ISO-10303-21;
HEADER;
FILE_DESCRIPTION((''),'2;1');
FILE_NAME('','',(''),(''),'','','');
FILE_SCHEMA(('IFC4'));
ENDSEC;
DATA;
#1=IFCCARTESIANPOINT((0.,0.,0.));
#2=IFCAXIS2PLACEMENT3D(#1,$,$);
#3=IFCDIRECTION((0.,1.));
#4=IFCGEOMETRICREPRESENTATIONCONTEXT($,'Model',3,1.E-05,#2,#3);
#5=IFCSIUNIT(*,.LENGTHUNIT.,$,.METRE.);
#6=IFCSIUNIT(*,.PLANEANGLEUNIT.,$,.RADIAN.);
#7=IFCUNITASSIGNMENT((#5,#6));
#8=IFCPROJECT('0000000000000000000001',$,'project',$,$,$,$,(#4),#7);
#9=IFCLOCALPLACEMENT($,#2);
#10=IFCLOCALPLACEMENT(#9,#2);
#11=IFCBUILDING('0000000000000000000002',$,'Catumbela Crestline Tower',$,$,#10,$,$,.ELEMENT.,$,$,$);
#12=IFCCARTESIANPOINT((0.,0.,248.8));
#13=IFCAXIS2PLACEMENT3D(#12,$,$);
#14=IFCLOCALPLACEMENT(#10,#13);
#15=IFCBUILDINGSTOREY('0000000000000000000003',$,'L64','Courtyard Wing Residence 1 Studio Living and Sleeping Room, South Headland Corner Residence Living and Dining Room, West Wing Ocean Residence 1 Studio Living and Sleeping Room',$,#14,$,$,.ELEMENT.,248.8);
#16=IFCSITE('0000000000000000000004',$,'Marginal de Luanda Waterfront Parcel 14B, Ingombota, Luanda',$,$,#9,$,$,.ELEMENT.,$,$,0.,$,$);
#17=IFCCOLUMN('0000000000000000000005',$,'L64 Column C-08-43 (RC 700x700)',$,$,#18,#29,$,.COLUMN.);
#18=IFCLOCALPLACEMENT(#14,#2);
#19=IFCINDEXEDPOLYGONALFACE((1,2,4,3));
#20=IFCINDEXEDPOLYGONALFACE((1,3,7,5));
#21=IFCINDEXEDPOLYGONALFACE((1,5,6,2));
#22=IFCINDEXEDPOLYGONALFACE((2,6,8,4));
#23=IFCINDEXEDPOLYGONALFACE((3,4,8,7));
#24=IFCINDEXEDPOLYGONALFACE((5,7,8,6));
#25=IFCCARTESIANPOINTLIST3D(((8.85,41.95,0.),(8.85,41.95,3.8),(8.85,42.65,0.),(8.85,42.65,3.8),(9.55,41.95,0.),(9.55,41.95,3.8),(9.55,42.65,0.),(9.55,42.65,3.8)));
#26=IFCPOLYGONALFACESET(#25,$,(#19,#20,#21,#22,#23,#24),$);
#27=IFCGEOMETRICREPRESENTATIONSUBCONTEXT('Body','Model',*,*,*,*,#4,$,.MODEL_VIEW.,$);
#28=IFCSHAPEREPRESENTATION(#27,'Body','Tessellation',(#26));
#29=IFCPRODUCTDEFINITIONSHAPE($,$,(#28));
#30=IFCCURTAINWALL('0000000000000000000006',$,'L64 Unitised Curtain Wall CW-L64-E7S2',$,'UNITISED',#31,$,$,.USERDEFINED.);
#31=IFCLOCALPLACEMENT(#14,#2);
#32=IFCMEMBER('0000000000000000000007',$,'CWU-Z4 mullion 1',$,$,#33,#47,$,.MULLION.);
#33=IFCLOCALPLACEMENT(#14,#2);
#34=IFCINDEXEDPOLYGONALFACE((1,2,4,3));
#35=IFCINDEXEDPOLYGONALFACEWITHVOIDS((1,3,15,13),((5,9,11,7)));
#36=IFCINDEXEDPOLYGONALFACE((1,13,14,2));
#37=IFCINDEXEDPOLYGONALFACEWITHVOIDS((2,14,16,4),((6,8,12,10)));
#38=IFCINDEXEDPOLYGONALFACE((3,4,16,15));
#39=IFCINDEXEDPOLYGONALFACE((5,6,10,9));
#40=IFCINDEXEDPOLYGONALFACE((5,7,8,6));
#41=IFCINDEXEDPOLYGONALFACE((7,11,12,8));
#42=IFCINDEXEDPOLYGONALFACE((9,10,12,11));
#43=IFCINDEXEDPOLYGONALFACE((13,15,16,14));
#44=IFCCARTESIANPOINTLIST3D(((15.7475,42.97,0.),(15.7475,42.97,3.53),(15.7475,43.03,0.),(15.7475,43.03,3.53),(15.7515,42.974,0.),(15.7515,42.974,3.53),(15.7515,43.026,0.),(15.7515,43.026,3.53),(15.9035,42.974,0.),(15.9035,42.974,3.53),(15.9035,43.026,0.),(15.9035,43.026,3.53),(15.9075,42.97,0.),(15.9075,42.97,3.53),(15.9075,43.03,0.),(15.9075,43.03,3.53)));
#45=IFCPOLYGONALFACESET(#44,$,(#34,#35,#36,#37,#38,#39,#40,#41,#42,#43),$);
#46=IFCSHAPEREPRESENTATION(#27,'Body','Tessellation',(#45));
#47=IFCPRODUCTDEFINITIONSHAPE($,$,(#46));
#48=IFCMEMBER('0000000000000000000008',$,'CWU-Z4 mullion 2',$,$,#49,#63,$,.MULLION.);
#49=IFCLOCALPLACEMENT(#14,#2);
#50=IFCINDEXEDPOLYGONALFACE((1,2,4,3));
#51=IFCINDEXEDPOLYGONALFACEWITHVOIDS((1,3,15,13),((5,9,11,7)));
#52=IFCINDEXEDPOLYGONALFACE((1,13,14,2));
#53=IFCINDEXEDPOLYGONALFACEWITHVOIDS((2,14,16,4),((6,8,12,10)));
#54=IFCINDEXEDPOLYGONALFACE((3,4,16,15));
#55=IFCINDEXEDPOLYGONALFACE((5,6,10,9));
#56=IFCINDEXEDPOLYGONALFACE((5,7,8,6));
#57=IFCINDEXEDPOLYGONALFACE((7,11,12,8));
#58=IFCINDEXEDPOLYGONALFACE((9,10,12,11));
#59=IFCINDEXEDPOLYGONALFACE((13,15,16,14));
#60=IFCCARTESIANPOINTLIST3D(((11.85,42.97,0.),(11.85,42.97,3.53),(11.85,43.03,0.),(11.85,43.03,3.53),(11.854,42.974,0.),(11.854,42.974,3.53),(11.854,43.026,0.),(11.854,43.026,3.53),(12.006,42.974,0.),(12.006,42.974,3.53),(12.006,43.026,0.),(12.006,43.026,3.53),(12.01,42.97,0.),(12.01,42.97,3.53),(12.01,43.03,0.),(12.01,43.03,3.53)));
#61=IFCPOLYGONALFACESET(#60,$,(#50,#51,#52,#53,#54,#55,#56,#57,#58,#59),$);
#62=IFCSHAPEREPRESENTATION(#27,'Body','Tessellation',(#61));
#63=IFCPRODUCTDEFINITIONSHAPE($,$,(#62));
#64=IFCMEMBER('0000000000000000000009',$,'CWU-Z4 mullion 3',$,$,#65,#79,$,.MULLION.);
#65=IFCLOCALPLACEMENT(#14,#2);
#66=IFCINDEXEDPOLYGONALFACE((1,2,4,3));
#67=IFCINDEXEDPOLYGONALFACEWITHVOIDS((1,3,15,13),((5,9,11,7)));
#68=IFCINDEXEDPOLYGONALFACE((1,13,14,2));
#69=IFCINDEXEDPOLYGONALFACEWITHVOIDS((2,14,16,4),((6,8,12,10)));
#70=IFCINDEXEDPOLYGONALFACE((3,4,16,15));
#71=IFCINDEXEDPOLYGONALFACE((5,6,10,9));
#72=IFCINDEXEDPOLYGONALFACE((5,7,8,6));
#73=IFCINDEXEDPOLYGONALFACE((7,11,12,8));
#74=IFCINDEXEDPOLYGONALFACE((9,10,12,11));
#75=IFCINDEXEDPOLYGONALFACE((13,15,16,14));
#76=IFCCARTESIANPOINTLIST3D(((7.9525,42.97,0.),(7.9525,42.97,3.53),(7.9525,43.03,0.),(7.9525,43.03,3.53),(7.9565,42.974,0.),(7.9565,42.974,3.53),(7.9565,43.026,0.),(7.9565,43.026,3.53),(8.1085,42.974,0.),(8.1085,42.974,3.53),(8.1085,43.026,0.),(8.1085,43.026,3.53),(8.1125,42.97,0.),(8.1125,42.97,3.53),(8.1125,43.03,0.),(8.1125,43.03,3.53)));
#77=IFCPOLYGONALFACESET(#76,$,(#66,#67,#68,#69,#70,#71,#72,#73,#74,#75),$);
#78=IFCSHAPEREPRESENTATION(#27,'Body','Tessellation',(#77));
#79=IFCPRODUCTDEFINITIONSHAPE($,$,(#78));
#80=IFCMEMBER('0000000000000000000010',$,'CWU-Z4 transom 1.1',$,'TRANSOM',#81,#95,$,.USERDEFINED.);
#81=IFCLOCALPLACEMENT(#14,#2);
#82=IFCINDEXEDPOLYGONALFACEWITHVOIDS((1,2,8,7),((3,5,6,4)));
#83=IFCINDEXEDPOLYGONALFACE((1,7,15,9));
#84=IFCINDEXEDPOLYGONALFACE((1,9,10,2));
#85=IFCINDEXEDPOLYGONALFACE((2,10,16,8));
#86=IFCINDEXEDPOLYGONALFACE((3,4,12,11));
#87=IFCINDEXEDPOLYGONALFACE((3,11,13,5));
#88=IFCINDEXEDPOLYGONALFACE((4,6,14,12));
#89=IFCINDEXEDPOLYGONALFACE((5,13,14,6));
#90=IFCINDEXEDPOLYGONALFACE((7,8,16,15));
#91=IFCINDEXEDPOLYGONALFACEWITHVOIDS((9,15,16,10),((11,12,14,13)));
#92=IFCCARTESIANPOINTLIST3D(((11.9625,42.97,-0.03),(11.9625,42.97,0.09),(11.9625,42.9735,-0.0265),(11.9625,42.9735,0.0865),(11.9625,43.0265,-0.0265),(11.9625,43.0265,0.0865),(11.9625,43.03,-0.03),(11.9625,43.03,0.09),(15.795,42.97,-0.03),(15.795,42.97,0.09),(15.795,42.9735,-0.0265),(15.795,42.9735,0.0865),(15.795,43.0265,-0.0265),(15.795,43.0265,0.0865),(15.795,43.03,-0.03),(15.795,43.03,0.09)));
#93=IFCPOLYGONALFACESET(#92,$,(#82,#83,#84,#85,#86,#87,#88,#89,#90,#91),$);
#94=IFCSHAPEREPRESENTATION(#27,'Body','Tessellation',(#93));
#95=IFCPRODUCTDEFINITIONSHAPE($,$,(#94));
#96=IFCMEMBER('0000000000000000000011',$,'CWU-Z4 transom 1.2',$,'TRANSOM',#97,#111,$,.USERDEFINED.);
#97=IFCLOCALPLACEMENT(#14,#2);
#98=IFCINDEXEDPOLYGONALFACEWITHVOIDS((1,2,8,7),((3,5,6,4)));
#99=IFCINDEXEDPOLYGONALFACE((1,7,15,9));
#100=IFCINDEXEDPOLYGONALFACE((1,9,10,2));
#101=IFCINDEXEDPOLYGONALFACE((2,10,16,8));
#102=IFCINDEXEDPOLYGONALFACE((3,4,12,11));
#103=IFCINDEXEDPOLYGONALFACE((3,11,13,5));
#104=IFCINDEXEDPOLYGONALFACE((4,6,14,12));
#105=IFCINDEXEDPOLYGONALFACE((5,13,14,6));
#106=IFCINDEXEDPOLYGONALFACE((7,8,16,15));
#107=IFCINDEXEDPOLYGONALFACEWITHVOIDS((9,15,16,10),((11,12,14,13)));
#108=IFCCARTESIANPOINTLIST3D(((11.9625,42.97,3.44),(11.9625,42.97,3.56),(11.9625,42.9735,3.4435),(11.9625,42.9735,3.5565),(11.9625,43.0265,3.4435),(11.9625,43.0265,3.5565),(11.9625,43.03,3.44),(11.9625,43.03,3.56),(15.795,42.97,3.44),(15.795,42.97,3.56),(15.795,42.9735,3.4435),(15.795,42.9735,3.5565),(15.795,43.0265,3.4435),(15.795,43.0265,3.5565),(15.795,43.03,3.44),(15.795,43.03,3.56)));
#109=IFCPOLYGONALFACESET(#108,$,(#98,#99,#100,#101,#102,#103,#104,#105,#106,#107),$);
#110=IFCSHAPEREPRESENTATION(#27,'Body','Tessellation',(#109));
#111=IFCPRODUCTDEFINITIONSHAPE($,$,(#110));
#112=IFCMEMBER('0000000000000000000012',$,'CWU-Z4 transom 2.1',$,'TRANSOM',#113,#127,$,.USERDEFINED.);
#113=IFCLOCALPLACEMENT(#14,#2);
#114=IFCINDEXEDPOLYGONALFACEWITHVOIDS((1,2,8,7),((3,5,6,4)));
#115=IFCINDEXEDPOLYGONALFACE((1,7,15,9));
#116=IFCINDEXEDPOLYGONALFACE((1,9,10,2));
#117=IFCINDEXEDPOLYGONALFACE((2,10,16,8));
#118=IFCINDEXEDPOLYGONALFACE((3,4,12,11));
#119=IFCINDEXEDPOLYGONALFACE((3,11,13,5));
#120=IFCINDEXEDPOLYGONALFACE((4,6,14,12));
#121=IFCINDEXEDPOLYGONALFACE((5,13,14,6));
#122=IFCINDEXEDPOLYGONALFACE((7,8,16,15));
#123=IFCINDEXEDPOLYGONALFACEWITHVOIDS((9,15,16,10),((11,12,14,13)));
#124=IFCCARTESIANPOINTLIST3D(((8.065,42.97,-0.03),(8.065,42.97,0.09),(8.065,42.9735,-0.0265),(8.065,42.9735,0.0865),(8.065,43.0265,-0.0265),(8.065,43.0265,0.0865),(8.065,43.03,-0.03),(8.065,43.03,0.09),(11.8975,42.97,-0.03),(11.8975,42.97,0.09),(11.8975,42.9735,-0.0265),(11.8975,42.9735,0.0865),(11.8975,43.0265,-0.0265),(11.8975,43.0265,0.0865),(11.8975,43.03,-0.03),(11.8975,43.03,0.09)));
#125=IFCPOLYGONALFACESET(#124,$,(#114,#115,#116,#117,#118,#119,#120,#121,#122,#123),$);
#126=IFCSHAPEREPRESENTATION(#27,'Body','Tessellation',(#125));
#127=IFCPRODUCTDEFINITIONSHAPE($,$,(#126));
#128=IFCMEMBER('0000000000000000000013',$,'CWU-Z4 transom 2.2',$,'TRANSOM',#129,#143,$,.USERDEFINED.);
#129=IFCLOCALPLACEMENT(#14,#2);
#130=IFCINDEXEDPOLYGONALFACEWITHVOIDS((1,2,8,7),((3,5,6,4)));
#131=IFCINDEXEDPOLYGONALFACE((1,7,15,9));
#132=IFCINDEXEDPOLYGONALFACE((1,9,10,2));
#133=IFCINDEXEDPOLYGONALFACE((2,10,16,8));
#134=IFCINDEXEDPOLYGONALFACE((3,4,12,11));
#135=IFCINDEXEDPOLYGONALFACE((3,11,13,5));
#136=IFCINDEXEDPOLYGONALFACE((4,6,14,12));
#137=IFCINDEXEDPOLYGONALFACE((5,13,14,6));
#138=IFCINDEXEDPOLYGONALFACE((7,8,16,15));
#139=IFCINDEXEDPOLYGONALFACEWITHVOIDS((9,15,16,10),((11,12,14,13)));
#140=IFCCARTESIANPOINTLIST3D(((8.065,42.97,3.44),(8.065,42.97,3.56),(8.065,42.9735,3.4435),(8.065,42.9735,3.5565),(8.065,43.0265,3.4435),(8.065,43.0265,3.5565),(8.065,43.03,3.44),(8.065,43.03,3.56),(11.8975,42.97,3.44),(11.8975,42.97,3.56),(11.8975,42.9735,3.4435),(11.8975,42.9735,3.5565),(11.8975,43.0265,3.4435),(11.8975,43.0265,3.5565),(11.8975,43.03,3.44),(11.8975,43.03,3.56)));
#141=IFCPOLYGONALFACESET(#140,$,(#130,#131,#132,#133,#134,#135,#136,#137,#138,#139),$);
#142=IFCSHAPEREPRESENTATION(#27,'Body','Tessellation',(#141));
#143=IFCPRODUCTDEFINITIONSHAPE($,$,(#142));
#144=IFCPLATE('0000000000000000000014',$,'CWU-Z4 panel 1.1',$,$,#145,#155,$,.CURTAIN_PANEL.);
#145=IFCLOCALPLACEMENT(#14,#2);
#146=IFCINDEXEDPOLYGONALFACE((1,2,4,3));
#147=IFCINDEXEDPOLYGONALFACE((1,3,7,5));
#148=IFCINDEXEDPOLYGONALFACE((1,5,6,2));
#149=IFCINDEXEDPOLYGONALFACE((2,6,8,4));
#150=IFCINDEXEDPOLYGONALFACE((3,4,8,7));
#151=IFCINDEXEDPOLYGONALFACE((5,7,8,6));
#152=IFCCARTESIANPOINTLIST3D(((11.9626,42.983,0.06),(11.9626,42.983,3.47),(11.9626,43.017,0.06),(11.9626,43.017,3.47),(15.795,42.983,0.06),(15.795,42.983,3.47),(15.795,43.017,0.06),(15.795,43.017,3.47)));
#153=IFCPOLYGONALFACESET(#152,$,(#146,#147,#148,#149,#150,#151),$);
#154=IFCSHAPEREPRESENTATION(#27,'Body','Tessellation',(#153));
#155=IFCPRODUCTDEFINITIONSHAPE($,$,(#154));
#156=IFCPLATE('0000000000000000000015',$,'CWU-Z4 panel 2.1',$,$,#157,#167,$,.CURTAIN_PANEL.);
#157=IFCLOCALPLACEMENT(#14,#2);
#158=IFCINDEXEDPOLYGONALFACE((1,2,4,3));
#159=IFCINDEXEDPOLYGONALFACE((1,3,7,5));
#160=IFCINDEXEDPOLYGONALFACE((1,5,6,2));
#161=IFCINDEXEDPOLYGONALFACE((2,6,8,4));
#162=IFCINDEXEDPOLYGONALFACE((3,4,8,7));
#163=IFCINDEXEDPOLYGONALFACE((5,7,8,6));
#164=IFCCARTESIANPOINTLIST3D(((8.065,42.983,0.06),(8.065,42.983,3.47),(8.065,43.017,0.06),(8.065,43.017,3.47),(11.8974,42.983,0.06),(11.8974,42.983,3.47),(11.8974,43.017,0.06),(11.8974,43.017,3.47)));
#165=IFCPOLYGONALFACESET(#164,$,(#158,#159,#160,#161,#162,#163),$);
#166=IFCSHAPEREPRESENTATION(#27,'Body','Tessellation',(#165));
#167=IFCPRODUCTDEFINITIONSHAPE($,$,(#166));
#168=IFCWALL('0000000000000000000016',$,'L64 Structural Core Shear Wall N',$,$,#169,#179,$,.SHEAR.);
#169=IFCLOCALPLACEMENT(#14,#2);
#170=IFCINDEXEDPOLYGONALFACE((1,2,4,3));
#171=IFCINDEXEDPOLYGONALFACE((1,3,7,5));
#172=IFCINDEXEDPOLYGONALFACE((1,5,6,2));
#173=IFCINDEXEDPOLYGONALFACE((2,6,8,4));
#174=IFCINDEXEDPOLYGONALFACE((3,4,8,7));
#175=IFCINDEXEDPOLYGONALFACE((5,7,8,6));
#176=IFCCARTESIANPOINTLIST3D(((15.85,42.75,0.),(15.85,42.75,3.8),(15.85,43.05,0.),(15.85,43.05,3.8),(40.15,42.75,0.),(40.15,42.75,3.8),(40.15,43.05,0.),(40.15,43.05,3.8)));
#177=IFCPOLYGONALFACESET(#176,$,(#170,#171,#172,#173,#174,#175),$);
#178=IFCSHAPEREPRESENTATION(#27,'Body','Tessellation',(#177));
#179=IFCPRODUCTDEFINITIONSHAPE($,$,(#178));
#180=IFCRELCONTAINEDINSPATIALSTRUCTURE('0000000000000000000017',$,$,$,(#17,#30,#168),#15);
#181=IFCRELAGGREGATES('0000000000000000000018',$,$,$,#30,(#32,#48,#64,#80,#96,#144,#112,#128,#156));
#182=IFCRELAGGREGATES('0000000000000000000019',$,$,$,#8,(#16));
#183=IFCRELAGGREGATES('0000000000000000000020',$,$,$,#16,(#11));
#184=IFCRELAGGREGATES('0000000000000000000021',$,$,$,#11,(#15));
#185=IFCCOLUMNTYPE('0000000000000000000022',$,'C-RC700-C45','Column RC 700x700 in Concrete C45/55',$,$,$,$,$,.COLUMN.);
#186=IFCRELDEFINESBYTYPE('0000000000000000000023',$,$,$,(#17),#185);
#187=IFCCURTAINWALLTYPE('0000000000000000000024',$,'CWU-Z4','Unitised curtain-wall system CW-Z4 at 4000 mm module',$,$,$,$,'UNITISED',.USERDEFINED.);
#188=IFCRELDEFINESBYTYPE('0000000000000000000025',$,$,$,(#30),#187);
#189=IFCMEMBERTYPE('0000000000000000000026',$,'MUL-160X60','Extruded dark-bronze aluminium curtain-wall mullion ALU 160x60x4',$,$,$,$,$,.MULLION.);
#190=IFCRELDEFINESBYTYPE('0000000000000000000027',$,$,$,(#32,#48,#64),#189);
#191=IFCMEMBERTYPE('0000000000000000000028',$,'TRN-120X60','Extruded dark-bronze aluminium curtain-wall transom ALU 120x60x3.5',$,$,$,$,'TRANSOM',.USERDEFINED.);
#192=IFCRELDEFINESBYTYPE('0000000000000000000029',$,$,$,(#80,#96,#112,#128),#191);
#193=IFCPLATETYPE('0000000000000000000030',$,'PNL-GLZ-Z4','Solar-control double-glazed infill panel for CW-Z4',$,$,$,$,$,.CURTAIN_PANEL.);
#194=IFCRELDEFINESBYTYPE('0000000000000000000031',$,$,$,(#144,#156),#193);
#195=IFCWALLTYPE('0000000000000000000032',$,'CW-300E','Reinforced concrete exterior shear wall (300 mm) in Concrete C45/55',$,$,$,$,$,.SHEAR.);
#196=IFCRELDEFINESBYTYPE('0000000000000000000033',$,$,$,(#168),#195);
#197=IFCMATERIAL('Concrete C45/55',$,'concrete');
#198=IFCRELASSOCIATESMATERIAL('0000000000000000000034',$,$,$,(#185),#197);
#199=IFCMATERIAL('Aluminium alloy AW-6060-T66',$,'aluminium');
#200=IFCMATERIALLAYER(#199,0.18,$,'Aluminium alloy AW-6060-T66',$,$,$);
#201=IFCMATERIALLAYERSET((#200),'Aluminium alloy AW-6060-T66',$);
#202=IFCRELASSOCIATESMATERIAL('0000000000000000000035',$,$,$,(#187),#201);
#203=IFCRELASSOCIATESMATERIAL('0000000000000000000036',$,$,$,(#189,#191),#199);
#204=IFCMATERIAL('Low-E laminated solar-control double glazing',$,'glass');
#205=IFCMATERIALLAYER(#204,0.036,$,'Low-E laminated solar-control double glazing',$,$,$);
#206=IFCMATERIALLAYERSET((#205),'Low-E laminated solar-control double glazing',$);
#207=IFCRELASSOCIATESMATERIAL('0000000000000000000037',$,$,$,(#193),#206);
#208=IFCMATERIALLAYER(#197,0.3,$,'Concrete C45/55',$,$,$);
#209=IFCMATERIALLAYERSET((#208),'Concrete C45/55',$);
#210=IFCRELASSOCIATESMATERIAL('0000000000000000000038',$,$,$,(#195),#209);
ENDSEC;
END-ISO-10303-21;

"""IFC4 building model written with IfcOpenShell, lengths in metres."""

from ifc_helpers import new_model, si_unit, direction, frame, frame_2d, origin, origin_2d, place, context, subcontext, project, spatial, rectangle, hollow_rectangle, extrude, material, layer, layer_set, material_profile, profile_set, type_object, element, aggregate, save


model = new_model("IFC4")

# Units and contexts
model_context = context("Model", 3, precision=1e-05, world=origin(), true_north=direction((0.0, 1.0)))
body_context = subcontext(model_context, "Body", "Model", "MODEL_VIEW")
ifc_project = project(units=[si_unit("LENGTHUNIT", "METRE"), si_unit("PLANEANGLEUNIT", "RADIAN")], contexts=[model_context])

# Site, building, storey
site_placement = place(None, origin())
site = spatial("IfcSite", under=ifc_project, at=site_placement, Name="Marginal de Luanda Waterfront Parcel 14B, Ingombota, Luanda", CompositionType="ELEMENT", RefElevation=0.0)
building_placement = place(site_placement, origin())
building = spatial("IfcBuilding", under=site, at=building_placement, Name="Catumbela Crestline Tower", CompositionType="ELEMENT")
storey_placement = place(building_placement, frame((0.0, 0.0, 248.8)))
storey = spatial("IfcBuildingStorey", under=building, at=storey_placement, Name="L64", Description="Courtyard Wing Residence 1 Studio Living and Sleeping Room, South Headland Corner Residence Living and Dining Room, West Wing Ocean Residence 1 Studio Living and Sleeping Room", CompositionType="ELEMENT", Elevation=248.8)

# Column
ifc_material_1 = material(Name="Concrete C45/55", Category="concrete")
ifc_material_profile_1 = material_profile(ifc_material_1, rectangle(XDim=0.7, YDim=0.7, at=origin_2d()), Name="RC 700x700")
ifc_profile_set_1 = profile_set([ifc_material_profile_1], Name="Concrete C45/55")
column_type = type_object("IfcColumnType", Name="C-RC700-C45", Description="Column RC 700x700 in Concrete C45/55", PredefinedType="COLUMN", material=ifc_profile_set_1)
column_placement = place(storey_placement, frame((9.2, 42.3, 0.0), z_axis=(0.0, 0.0, 1.0), x_axis=(1.0, 0.0, 0.0)))
element("IfcColumn", 1, at=column_placement, inside=storey, type_object=column_type, Name="L64 Column C-08-43 (RC 700x700)", PredefinedType="COLUMN", context=body_context, shape_type="SweptSolid", body=[
    extrude(rectangle(XDim=0.7, YDim=0.7, at=origin_2d()), origin(), (0.0, 0.0, 1.0), 3.8),
])

# Curtain wall, members, plates
ifc_material_2 = material(Name="Aluminium alloy AW-6060-T66", Category="aluminium")
ifc_layer_1 = layer(ifc_material_2, 0.18, Name="Aluminium alloy AW-6060-T66")
ifc_layer_set_1 = layer_set([ifc_layer_1], Name="Aluminium alloy AW-6060-T66")
curtain_wall_type = type_object("IfcCurtainWallType", Name="CWU-Z4", Description="Unitised curtain-wall system CW-Z4 at 4000 mm module", ElementType="UNITISED", PredefinedType="USERDEFINED", material=ifc_layer_set_1)
curtain_wall_placement = place(storey_placement, origin())
curtain_wall = element("IfcCurtainWall", 2, at=curtain_wall_placement, inside=storey, type_object=curtain_wall_type, Name="L64 Unitised Curtain Wall CW-L64-E7S2", ObjectType="UNITISED", PredefinedType="USERDEFINED")
ifc_material_profile_2 = material_profile(ifc_material_2, hollow_rectangle(XDim=0.06, YDim=0.16, WallThickness=0.004, at=origin_2d()), Name="ALU 160x60x4")
ifc_profile_set_2 = profile_set([ifc_material_profile_2], Name="Aluminium alloy AW-6060-T66")
member_type_1 = type_object("IfcMemberType", Name="MUL-160X60", Description="Extruded dark-bronze aluminium curtain-wall mullion ALU 160x60x4", PredefinedType="MULLION", material=ifc_profile_set_2)
member_1_placement = place(storey_placement, frame((15.8275, 43.0, 0.0), z_axis=(0.0, 0.0, 1.0), x_axis=(0.0, -1.0, 0.0)))
member_1 = element("IfcMember", 3, at=member_1_placement, type_object=member_type_1, Name="CWU-Z4 mullion 1", PredefinedType="MULLION", context=body_context, shape_type="SweptSolid", body=[
    extrude(hollow_rectangle(XDim=0.06, YDim=0.16, WallThickness=0.004, at=origin_2d()), origin(), (0.0, 0.0, 1.0), 3.53),
])
member_2_placement = place(storey_placement, frame((11.93, 43.0, 0.0), z_axis=(0.0, 0.0, 1.0), x_axis=(0.0, -1.0, 0.0)))
member_2 = element("IfcMember", 4, at=member_2_placement, type_object=member_type_1, Name="CWU-Z4 mullion 2", PredefinedType="MULLION", context=body_context, shape_type="SweptSolid", body=[
    extrude(hollow_rectangle(XDim=0.06, YDim=0.16, WallThickness=0.004, at=origin_2d()), origin(), (0.0, 0.0, 1.0), 3.53),
])
member_3_placement = place(storey_placement, frame((8.0325, 43.0, 0.0), z_axis=(0.0, 0.0, 1.0), x_axis=(0.0, -1.0, 0.0)))
member_3 = element("IfcMember", 5, at=member_3_placement, type_object=member_type_1, Name="CWU-Z4 mullion 3", PredefinedType="MULLION", context=body_context, shape_type="SweptSolid", body=[
    extrude(hollow_rectangle(XDim=0.06, YDim=0.16, WallThickness=0.004, at=origin_2d()), origin(), (0.0, 0.0, 1.0), 3.53),
])
ifc_material_profile_3 = material_profile(ifc_material_2, hollow_rectangle(XDim=0.06, YDim=0.12, WallThickness=0.0035, at=origin_2d()), Name="ALU 120x60x3.5")
ifc_profile_set_3 = profile_set([ifc_material_profile_3], Name="Aluminium alloy AW-6060-T66")
member_type_2 = type_object("IfcMemberType", Name="TRN-120X60", Description="Extruded dark-bronze aluminium curtain-wall transom ALU 120x60x3.5", ElementType="TRANSOM", PredefinedType="USERDEFINED", material=ifc_profile_set_3)
member_4_placement = place(storey_placement, frame((15.795, 43.0, 0.03), z_axis=(-1.0, 0.0, 0.0), x_axis=(0.0, -1.0, 0.0)))
member_4 = element("IfcMember", 6, at=member_4_placement, type_object=member_type_2, Name="CWU-Z4 transom 1.1", ObjectType="TRANSOM", PredefinedType="USERDEFINED", context=body_context, shape_type="SweptSolid", body=[
    extrude(hollow_rectangle(XDim=0.06, YDim=0.12, WallThickness=0.0035, at=origin_2d()), origin(), (0.0, 0.0, 1.0), 3.8325),
])
member_5_placement = place(storey_placement, frame((15.795, 43.0, 3.5), z_axis=(-1.0, 0.0, 0.0), x_axis=(0.0, -1.0, 0.0)))
member_5 = element("IfcMember", 7, at=member_5_placement, type_object=member_type_2, Name="CWU-Z4 transom 1.2", ObjectType="TRANSOM", PredefinedType="USERDEFINED", context=body_context, shape_type="SweptSolid", body=[
    extrude(hollow_rectangle(XDim=0.06, YDim=0.12, WallThickness=0.0035, at=origin_2d()), origin(), (0.0, 0.0, 1.0), 3.8325),
])
member_6_placement = place(storey_placement, frame((11.8975, 43.0, 0.03), z_axis=(-1.0, 0.0, 0.0), x_axis=(0.0, -1.0, 0.0)))
member_6 = element("IfcMember", 8, at=member_6_placement, type_object=member_type_2, Name="CWU-Z4 transom 2.1", ObjectType="TRANSOM", PredefinedType="USERDEFINED", context=body_context, shape_type="SweptSolid", body=[
    extrude(hollow_rectangle(XDim=0.06, YDim=0.12, WallThickness=0.0035, at=origin_2d()), origin(), (0.0, 0.0, 1.0), 3.8325),
])
member_7_placement = place(storey_placement, frame((11.8975, 43.0, 3.5), z_axis=(-1.0, 0.0, 0.0), x_axis=(0.0, -1.0, 0.0)))
member_7 = element("IfcMember", 9, at=member_7_placement, type_object=member_type_2, Name="CWU-Z4 transom 2.2", ObjectType="TRANSOM", PredefinedType="USERDEFINED", context=body_context, shape_type="SweptSolid", body=[
    extrude(hollow_rectangle(XDim=0.06, YDim=0.12, WallThickness=0.0035, at=origin_2d()), origin(), (0.0, 0.0, 1.0), 3.8325),
])
ifc_material_3 = material(Name="Low-E laminated solar-control double glazing", Category="glass")
ifc_layer_2 = layer(ifc_material_3, 0.036, Name="Low-E laminated solar-control double glazing")
ifc_layer_set_2 = layer_set([ifc_layer_2], Name="Low-E laminated solar-control double glazing")
plate_type = type_object("IfcPlateType", Name="PNL-GLZ-Z4", Description="Solar-control double-glazed infill panel for CW-Z4", PredefinedType="CURTAIN_PANEL", material=ifc_layer_set_2)
plate_1_placement = place(storey_placement, frame((13.8788, 43.0, 0.06), z_axis=(0.0, 0.0, 1.0), x_axis=(-1.0, 0.0, 0.0)))
plate_1 = element("IfcPlate", 10, at=plate_1_placement, type_object=plate_type, Name="CWU-Z4 panel 1.1", PredefinedType="CURTAIN_PANEL", context=body_context, shape_type="SweptSolid", body=[
    extrude(rectangle(XDim=3.8325, YDim=0.034, at=origin_2d()), origin(), (0.0, 0.0, 1.0), 3.41),
])
plate_2_placement = place(storey_placement, frame((9.9812, 43.0, 0.06), z_axis=(0.0, 0.0, 1.0), x_axis=(-1.0, 0.0, 0.0)))
plate_2 = element("IfcPlate", 11, at=plate_2_placement, type_object=plate_type, Name="CWU-Z4 panel 2.1", PredefinedType="CURTAIN_PANEL", context=body_context, shape_type="SweptSolid", body=[
    extrude(rectangle(XDim=3.8325, YDim=0.034, at=origin_2d()), origin(), (0.0, 0.0, 1.0), 3.41),
])
aggregate(curtain_wall, [member_1, member_2, member_3, member_4, member_5, plate_1, member_6, member_7, plate_2])

# Wall
ifc_layer_3 = layer(ifc_material_1, 0.3, Name="Concrete C45/55")
ifc_layer_set_3 = layer_set([ifc_layer_3], Name="Concrete C45/55")
wall_type_1 = type_object("IfcWallType", Name="CW-300E", Description="Reinforced concrete exterior shear wall (300 mm) in Concrete C45/55", PredefinedType="SHEAR", material=ifc_layer_set_3)
wall_1_placement = place(storey_placement, frame((15.85, 42.9, 0.0), z_axis=(0.0, 0.0, 1.0), x_axis=(1.0, 0.0, 0.0)))
element("IfcWall", 12, at=wall_1_placement, inside=storey, type_object=wall_type_1, Name="L64 Structural Core Shear Wall N", PredefinedType="SHEAR", context=body_context, shape_type="SweptSolid", body=[
    extrude(rectangle(XDim=24.3, YDim=0.3, at=frame_2d((12.15, 0.0))), origin(), (0.0, 0.0, 1.0), 3.8),
])

save(model, "model.ifc")
